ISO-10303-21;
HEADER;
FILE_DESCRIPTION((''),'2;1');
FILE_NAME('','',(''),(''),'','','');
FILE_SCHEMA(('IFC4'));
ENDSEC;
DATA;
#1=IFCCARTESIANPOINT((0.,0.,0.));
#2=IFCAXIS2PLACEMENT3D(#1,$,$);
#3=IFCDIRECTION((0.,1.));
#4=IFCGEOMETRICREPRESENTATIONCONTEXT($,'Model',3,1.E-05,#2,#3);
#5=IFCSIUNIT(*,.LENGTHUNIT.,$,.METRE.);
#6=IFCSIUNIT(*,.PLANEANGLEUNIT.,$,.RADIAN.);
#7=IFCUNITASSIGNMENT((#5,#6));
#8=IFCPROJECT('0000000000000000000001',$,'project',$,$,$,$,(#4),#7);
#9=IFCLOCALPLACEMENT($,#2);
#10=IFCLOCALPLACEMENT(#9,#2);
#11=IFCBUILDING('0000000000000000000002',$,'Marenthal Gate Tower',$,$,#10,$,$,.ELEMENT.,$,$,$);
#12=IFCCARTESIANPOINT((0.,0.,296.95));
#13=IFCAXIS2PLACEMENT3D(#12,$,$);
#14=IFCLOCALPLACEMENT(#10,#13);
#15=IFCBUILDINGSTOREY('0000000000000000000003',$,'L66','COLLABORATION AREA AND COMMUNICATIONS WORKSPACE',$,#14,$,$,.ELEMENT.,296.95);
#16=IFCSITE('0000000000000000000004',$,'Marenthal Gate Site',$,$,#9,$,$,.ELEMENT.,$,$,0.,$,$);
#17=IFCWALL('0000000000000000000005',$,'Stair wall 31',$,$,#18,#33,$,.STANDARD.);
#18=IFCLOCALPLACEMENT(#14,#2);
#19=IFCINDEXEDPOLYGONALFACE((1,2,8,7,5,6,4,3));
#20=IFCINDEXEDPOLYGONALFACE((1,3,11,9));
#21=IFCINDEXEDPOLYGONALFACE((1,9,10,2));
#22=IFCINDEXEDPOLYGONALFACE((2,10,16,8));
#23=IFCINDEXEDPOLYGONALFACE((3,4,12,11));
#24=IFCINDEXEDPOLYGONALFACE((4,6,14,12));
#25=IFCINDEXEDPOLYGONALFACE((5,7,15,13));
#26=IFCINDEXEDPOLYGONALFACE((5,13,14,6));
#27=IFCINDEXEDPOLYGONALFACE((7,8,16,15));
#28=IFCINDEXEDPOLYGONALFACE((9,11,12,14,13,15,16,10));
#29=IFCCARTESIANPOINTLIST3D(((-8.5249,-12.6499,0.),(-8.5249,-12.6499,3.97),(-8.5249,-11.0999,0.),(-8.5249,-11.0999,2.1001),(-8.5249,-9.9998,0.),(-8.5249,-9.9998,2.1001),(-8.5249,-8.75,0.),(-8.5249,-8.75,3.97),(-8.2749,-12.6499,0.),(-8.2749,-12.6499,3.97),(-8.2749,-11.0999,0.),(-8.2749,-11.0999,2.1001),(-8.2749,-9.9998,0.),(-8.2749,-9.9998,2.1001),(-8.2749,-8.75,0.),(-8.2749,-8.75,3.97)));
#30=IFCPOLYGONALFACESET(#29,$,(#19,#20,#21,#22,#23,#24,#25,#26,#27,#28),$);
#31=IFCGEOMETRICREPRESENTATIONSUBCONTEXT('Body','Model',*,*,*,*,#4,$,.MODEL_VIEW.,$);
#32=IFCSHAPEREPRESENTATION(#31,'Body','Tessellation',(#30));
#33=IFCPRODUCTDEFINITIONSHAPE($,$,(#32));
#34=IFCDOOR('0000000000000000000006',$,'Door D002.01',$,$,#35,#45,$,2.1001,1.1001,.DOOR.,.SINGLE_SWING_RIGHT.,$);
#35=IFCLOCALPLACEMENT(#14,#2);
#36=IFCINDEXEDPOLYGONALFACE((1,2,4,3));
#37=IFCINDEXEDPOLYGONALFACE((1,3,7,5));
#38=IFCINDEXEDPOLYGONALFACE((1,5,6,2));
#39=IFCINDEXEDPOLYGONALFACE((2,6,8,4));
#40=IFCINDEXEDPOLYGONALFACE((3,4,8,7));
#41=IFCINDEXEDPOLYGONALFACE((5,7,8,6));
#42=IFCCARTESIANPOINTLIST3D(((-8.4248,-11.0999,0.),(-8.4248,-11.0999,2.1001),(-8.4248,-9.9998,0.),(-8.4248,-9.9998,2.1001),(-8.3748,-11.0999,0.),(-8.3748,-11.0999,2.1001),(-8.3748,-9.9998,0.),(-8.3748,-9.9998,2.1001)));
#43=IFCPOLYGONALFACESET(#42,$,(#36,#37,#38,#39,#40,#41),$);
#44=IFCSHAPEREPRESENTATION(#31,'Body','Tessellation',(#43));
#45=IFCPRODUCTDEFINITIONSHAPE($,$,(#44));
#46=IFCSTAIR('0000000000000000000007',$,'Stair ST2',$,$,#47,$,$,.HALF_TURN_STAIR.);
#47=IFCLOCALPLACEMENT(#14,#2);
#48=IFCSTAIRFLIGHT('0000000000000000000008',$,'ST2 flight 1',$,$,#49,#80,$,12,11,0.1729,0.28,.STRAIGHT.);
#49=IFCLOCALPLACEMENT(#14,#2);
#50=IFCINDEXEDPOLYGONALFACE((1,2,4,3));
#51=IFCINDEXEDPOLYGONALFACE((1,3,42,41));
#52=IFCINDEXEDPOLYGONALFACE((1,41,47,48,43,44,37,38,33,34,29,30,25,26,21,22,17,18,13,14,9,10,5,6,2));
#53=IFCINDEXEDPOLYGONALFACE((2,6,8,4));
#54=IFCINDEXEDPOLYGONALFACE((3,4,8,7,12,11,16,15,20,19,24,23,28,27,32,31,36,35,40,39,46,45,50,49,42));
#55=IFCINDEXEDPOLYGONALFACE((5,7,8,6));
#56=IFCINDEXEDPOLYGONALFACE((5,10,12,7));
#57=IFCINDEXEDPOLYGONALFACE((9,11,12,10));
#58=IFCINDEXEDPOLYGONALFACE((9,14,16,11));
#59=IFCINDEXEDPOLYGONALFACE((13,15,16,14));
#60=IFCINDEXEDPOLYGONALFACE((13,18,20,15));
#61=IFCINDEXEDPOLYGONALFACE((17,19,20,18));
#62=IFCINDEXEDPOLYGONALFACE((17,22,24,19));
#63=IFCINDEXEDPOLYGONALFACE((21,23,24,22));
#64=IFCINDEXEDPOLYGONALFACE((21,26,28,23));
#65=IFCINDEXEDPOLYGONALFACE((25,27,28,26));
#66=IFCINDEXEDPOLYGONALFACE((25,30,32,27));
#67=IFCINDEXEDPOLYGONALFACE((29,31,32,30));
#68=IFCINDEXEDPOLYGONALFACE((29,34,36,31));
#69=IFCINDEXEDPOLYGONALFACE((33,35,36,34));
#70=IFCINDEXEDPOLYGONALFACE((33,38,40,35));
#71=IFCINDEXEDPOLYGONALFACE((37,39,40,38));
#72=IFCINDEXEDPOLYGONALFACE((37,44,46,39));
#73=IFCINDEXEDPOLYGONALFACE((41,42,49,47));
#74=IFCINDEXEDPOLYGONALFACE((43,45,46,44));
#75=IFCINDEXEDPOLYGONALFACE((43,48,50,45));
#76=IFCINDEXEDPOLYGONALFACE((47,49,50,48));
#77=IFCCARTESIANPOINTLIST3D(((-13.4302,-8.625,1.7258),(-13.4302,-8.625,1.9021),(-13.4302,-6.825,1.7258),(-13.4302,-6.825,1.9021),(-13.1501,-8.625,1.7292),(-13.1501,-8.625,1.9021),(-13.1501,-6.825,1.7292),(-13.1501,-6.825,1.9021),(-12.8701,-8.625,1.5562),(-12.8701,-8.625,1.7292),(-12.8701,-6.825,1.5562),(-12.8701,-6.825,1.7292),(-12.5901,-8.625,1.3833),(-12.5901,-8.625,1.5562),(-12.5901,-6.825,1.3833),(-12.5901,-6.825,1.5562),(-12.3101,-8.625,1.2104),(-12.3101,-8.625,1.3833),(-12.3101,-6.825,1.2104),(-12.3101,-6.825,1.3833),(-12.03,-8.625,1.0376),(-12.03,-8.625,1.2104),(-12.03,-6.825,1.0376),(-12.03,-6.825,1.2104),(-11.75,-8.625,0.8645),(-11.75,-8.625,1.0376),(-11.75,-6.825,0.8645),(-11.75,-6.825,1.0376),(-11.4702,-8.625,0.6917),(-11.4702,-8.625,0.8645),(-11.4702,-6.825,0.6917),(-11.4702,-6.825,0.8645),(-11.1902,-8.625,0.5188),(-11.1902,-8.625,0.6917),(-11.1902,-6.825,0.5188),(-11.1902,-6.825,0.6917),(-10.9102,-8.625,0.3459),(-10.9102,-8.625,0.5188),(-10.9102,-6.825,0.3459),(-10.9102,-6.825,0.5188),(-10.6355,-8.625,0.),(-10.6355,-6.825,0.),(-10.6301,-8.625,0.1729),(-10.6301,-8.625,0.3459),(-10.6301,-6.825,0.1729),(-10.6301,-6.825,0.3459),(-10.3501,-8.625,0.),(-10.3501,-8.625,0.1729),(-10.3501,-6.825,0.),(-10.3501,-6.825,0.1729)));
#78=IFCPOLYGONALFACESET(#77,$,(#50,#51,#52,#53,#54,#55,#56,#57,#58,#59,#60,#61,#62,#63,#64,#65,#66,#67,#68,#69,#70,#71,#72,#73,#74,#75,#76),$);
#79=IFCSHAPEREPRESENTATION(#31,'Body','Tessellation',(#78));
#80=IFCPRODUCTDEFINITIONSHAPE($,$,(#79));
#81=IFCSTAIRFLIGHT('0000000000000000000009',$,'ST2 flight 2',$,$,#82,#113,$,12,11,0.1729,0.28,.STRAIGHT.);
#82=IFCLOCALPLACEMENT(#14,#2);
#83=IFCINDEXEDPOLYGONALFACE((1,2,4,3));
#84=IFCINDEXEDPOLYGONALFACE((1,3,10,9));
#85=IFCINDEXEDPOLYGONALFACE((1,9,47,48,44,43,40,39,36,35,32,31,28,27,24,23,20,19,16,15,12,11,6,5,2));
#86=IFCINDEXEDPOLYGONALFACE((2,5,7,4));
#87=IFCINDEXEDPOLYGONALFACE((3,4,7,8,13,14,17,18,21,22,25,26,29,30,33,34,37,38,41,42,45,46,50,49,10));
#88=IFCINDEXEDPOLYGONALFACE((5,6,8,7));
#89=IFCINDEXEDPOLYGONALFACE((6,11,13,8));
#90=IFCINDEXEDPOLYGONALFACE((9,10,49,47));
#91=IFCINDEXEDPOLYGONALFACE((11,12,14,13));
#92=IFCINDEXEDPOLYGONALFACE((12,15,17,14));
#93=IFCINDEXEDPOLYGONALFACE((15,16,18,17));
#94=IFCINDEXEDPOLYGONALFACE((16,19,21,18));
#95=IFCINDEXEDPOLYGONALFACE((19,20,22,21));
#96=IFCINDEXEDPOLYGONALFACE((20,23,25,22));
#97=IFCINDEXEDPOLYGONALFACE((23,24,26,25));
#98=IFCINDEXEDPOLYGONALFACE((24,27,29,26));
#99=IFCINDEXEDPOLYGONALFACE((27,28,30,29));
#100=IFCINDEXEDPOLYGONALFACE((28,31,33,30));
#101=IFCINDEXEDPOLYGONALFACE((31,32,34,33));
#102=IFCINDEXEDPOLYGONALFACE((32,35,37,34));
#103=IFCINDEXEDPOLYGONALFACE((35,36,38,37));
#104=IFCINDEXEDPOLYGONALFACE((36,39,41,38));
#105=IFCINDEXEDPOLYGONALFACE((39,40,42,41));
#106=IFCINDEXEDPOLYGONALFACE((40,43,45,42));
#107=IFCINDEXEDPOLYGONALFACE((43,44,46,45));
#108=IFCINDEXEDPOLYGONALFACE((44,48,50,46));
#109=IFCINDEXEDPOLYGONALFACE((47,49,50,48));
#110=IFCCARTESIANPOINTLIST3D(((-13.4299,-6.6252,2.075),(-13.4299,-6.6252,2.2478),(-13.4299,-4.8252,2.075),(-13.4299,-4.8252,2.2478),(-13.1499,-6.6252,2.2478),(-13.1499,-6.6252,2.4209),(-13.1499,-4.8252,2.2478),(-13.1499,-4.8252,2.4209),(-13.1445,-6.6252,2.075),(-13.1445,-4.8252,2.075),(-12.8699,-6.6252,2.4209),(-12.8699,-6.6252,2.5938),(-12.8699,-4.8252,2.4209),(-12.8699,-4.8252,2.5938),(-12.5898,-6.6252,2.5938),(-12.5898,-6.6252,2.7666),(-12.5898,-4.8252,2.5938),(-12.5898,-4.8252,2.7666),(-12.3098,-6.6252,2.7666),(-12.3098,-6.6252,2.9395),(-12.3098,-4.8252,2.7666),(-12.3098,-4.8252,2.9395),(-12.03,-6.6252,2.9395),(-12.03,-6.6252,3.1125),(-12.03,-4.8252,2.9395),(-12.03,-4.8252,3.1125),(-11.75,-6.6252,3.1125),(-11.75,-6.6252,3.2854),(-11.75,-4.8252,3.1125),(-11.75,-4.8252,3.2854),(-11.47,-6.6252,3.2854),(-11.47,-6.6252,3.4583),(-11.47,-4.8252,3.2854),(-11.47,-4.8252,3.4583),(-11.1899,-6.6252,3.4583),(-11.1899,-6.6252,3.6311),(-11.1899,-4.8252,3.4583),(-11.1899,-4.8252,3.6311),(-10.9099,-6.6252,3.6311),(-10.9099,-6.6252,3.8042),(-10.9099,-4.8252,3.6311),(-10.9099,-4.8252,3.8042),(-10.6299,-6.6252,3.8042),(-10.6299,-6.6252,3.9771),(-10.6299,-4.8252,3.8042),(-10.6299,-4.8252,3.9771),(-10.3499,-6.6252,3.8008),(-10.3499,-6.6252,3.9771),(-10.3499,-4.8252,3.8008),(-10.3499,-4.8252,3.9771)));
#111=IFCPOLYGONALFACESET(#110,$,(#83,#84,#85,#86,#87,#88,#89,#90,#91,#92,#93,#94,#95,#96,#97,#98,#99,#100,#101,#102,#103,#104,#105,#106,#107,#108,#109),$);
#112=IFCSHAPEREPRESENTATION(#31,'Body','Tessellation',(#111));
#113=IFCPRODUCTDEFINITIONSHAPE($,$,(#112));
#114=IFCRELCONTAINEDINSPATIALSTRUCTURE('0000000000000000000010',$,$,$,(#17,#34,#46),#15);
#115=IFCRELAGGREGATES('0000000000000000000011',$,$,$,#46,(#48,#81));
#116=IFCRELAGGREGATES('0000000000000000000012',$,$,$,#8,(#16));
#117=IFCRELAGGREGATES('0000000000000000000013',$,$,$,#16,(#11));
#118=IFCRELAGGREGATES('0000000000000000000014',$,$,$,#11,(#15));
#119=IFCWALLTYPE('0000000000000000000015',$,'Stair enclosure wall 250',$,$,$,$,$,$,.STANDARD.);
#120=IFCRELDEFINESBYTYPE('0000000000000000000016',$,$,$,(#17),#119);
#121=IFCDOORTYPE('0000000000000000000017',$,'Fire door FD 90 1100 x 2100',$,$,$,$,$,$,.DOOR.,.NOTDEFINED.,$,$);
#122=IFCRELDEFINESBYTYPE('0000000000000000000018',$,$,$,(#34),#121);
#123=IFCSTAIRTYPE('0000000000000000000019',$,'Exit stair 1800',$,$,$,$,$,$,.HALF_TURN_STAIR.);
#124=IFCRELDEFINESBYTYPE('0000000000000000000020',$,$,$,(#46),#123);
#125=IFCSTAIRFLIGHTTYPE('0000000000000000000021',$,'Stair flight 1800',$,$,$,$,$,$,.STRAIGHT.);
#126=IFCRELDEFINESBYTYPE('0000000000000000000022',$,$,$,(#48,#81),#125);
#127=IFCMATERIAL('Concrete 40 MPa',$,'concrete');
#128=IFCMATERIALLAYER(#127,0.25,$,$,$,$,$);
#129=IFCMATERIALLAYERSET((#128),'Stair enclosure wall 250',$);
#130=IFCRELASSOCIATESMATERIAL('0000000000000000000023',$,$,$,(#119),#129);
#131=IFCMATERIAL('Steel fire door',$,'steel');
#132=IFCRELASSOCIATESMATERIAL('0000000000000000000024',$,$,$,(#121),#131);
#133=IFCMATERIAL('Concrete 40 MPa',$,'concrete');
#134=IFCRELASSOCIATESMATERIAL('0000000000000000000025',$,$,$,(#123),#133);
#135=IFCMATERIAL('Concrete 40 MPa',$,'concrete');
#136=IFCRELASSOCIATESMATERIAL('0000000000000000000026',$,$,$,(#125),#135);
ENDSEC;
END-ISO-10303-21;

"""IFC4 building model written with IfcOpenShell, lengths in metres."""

from ifc_helpers import new_model, si_unit, direction, frame, frame_2d, origin, place, context, subcontext, project, spatial, polyline, rectangle, outline, extrude, material, layer, layer_set, type_object, element, fill, aggregate, save


model = new_model("IFC4")

# Units and contexts
model_context = context("Model", 3, precision=1e-05, world=origin(), true_north=direction((0.0, 1.0)))
body_context = subcontext(model_context, "Body", "Model", "MODEL_VIEW")
ifc_project = project(units=[si_unit("LENGTHUNIT", "METRE"), si_unit("PLANEANGLEUNIT", "RADIAN")], contexts=[model_context])

# Site, building, storey
site_placement = place(None, origin())
site = spatial("IfcSite", under=ifc_project, at=site_placement, Name="Marenthal Gate Site", CompositionType="ELEMENT", RefElevation=0.0)
building_placement = place(site_placement, origin())
building = spatial("IfcBuilding", under=site, at=building_placement, Name="Marenthal Gate Tower", CompositionType="ELEMENT")
storey_placement = place(building_placement, frame((0.0, 0.0, 296.95)))
storey = spatial("IfcBuildingStorey", under=building, at=storey_placement, Name="L66", Description="COLLABORATION AREA AND COMMUNICATIONS WORKSPACE", CompositionType="ELEMENT", Elevation=296.95)

# Shared definitions
ifc_material_1 = material(Name="Concrete 40 MPa", Category="concrete")
ifc_layer_1 = layer(ifc_material_1, 0.25)
ifc_layer_set_1 = layer_set([ifc_layer_1], Name="Stair enclosure wall 250")
wall_type_1 = type_object("IfcWallType", Name="Stair enclosure wall 250", PredefinedType="STANDARD", material=ifc_layer_set_1)

# Wall, opening, door
wall_1_placement = place(storey_placement, frame((-8.3999, -12.6499, 0.0), z_axis=(0.0, 0.0, 1.0), x_axis=(0.0, 1.0, 0.0)))
wall_1 = element("IfcWall", 1, at=wall_1_placement, inside=storey, type_object=wall_type_1, Name="Stair wall 31", PredefinedType="STANDARD", context=body_context, shape_type="SweptSolid", body=[
    extrude(rectangle(XDim=3.8999, YDim=0.25, at=frame_2d((1.95, 0.0))), origin(), (0.0, 0.0, 1.0), 3.97),
])
opening_1_placement = place(wall_1_placement, frame((1.55, 0.0, 0.0)))
opening_1 = element("IfcOpeningElement", 2, at=opening_1_placement, cuts=wall_1, PredefinedType="OPENING", context=body_context, shape_type="SweptSolid", body=[
    extrude(rectangle(XDim=1.1001, YDim=2.1001, at=frame_2d((0.55, 1.05))), frame((0.0, 0.135, 0.0), z_axis=(0.0, -1.0, 0.0), x_axis=(1.0, 0.0, 0.0)), (0.0, 0.0, 1.0), 0.27),
])
ifc_material_2 = material(Name="Steel fire door", Category="steel")
door_type_1 = type_object("IfcDoorType", Name="Fire door FD 90 1100 x 2100", OperationType="NOTDEFINED", PredefinedType="DOOR", material=ifc_material_2)
door_1_placement = place(opening_1_placement, origin())
door_1 = element("IfcDoor", 3, at=door_1_placement, inside=storey, type_object=door_type_1, Name="Door D002.01", OperationType="SINGLE_SWING_RIGHT", OverallHeight=2.1001, OverallWidth=1.1001, PredefinedType="DOOR", context=body_context, shape_type="SweptSolid", body=[
    extrude(rectangle(XDim=1.1001, YDim=2.1001, at=frame_2d((0.55, 1.05))), frame((0.0, 0.0249, 0.0), z_axis=(0.0, -1.0, 0.0), x_axis=(1.0, 0.0, 0.0)), (0.0, 0.0, 1.0), 0.05),
])
fill(opening_1, door_1)

# Stair, stair flights
ifc_material_3 = material(Name="Concrete 40 MPa", Category="concrete")
stair_type = type_object("IfcStairType", Name="Exit stair 1800", PredefinedType="HALF_TURN_STAIR", material=ifc_material_3)
stair_placement = place(storey_placement, origin())
stair = element("IfcStair", 4, at=stair_placement, inside=storey, type_object=stair_type, Name="Stair ST2", PredefinedType="HALF_TURN_STAIR")
ifc_material_4 = material(Name="Concrete 40 MPa", Category="concrete")
stair_flight_type = type_object("IfcStairFlightType", Name="Stair flight 1800", PredefinedType="STRAIGHT", material=ifc_material_4)
stair_flight_1_placement = place(storey_placement, frame((-10.3501, -7.7251, 0.0), z_axis=(0.0, 0.0, 1.0), x_axis=(-1.0, 0.0, 0.0)))
stair_flight_1 = element("IfcStairFlight", 5, at=stair_flight_1_placement, type_object=stair_flight_type, Name="ST2 flight 1", NumberOfRisers=12, NumberOfTreads=11, PredefinedType="STRAIGHT", RiserHeight=0.1729, TreadLength=0.28, context=body_context, shape_type="SweptSolid", body=[
    extrude(outline(polyline([(0.0, 0.0), (0.0, 0.1729), (0.28, 0.1729), (0.28, 0.3459), (0.5601, 0.3459), (0.5601, 0.5188), (0.8401, 0.5188), (0.8401, 0.6917), (1.1201, 0.6917), (1.1201, 0.8645), (1.3999, 0.8645), (1.3999, 1.0376), (1.6799, 1.0376), (1.6799, 1.2104), (1.96, 1.2104), (1.96, 1.3833), (2.24, 1.3833), (2.24, 1.5562), (2.52, 1.5562), (2.52, 1.7292), (2.8, 1.7292), (2.8, 1.9021), (3.0801, 1.9021), (3.0801, 2.075), (3.0801, 1.7258), (0.2854, 0.0), (0.0, 0.0)])), frame((0.0, 0.8999, 0.0), z_axis=(0.0, -1.0, 0.0), x_axis=(1.0, 0.0, 0.0)), (0.0, 0.0, 1.0), 1.8),
])
stair_flight_2_placement = place(storey_placement, frame((-13.4299, -5.7251, 2.075), z_axis=(0.0, 0.0, 1.0), x_axis=(1.0, 0.0, 0.0)))
stair_flight_2 = element("IfcStairFlight", 6, at=stair_flight_2_placement, type_object=stair_flight_type, Name="ST2 flight 2", NumberOfRisers=12, NumberOfTreads=11, PredefinedType="STRAIGHT", RiserHeight=0.1729, TreadLength=0.28, context=body_context, shape_type="SweptSolid", body=[
    extrude(outline(polyline([(0.0, 0.0), (0.0, 0.1729), (0.28, 0.1729), (0.28, 0.3459), (0.5601, 0.3459), (0.5601, 0.5188), (0.8401, 0.5188), (0.8401, 0.6917), (1.1201, 0.6917), (1.1201, 0.8645), (1.3999, 0.8645), (1.3999, 1.0376), (1.6799, 1.0376), (1.6799, 1.2104), (1.96, 1.2104), (1.96, 1.3833), (2.24, 1.3833), (2.24, 1.5562), (2.52, 1.5562), (2.52, 1.7292), (2.8, 1.7292), (2.8, 1.9021), (3.0801, 1.9021), (3.0801, 2.075), (3.0801, 1.7258), (0.2854, 0.0), (0.0, 0.0)])), frame((0.0, 0.8999, 0.0), z_axis=(0.0, -1.0, 0.0), x_axis=(1.0, 0.0, 0.0)), (0.0, 0.0, 1.0), 1.8),
])
aggregate(stair, [stair_flight_1, stair_flight_2])

save(model, "model.ifc")
